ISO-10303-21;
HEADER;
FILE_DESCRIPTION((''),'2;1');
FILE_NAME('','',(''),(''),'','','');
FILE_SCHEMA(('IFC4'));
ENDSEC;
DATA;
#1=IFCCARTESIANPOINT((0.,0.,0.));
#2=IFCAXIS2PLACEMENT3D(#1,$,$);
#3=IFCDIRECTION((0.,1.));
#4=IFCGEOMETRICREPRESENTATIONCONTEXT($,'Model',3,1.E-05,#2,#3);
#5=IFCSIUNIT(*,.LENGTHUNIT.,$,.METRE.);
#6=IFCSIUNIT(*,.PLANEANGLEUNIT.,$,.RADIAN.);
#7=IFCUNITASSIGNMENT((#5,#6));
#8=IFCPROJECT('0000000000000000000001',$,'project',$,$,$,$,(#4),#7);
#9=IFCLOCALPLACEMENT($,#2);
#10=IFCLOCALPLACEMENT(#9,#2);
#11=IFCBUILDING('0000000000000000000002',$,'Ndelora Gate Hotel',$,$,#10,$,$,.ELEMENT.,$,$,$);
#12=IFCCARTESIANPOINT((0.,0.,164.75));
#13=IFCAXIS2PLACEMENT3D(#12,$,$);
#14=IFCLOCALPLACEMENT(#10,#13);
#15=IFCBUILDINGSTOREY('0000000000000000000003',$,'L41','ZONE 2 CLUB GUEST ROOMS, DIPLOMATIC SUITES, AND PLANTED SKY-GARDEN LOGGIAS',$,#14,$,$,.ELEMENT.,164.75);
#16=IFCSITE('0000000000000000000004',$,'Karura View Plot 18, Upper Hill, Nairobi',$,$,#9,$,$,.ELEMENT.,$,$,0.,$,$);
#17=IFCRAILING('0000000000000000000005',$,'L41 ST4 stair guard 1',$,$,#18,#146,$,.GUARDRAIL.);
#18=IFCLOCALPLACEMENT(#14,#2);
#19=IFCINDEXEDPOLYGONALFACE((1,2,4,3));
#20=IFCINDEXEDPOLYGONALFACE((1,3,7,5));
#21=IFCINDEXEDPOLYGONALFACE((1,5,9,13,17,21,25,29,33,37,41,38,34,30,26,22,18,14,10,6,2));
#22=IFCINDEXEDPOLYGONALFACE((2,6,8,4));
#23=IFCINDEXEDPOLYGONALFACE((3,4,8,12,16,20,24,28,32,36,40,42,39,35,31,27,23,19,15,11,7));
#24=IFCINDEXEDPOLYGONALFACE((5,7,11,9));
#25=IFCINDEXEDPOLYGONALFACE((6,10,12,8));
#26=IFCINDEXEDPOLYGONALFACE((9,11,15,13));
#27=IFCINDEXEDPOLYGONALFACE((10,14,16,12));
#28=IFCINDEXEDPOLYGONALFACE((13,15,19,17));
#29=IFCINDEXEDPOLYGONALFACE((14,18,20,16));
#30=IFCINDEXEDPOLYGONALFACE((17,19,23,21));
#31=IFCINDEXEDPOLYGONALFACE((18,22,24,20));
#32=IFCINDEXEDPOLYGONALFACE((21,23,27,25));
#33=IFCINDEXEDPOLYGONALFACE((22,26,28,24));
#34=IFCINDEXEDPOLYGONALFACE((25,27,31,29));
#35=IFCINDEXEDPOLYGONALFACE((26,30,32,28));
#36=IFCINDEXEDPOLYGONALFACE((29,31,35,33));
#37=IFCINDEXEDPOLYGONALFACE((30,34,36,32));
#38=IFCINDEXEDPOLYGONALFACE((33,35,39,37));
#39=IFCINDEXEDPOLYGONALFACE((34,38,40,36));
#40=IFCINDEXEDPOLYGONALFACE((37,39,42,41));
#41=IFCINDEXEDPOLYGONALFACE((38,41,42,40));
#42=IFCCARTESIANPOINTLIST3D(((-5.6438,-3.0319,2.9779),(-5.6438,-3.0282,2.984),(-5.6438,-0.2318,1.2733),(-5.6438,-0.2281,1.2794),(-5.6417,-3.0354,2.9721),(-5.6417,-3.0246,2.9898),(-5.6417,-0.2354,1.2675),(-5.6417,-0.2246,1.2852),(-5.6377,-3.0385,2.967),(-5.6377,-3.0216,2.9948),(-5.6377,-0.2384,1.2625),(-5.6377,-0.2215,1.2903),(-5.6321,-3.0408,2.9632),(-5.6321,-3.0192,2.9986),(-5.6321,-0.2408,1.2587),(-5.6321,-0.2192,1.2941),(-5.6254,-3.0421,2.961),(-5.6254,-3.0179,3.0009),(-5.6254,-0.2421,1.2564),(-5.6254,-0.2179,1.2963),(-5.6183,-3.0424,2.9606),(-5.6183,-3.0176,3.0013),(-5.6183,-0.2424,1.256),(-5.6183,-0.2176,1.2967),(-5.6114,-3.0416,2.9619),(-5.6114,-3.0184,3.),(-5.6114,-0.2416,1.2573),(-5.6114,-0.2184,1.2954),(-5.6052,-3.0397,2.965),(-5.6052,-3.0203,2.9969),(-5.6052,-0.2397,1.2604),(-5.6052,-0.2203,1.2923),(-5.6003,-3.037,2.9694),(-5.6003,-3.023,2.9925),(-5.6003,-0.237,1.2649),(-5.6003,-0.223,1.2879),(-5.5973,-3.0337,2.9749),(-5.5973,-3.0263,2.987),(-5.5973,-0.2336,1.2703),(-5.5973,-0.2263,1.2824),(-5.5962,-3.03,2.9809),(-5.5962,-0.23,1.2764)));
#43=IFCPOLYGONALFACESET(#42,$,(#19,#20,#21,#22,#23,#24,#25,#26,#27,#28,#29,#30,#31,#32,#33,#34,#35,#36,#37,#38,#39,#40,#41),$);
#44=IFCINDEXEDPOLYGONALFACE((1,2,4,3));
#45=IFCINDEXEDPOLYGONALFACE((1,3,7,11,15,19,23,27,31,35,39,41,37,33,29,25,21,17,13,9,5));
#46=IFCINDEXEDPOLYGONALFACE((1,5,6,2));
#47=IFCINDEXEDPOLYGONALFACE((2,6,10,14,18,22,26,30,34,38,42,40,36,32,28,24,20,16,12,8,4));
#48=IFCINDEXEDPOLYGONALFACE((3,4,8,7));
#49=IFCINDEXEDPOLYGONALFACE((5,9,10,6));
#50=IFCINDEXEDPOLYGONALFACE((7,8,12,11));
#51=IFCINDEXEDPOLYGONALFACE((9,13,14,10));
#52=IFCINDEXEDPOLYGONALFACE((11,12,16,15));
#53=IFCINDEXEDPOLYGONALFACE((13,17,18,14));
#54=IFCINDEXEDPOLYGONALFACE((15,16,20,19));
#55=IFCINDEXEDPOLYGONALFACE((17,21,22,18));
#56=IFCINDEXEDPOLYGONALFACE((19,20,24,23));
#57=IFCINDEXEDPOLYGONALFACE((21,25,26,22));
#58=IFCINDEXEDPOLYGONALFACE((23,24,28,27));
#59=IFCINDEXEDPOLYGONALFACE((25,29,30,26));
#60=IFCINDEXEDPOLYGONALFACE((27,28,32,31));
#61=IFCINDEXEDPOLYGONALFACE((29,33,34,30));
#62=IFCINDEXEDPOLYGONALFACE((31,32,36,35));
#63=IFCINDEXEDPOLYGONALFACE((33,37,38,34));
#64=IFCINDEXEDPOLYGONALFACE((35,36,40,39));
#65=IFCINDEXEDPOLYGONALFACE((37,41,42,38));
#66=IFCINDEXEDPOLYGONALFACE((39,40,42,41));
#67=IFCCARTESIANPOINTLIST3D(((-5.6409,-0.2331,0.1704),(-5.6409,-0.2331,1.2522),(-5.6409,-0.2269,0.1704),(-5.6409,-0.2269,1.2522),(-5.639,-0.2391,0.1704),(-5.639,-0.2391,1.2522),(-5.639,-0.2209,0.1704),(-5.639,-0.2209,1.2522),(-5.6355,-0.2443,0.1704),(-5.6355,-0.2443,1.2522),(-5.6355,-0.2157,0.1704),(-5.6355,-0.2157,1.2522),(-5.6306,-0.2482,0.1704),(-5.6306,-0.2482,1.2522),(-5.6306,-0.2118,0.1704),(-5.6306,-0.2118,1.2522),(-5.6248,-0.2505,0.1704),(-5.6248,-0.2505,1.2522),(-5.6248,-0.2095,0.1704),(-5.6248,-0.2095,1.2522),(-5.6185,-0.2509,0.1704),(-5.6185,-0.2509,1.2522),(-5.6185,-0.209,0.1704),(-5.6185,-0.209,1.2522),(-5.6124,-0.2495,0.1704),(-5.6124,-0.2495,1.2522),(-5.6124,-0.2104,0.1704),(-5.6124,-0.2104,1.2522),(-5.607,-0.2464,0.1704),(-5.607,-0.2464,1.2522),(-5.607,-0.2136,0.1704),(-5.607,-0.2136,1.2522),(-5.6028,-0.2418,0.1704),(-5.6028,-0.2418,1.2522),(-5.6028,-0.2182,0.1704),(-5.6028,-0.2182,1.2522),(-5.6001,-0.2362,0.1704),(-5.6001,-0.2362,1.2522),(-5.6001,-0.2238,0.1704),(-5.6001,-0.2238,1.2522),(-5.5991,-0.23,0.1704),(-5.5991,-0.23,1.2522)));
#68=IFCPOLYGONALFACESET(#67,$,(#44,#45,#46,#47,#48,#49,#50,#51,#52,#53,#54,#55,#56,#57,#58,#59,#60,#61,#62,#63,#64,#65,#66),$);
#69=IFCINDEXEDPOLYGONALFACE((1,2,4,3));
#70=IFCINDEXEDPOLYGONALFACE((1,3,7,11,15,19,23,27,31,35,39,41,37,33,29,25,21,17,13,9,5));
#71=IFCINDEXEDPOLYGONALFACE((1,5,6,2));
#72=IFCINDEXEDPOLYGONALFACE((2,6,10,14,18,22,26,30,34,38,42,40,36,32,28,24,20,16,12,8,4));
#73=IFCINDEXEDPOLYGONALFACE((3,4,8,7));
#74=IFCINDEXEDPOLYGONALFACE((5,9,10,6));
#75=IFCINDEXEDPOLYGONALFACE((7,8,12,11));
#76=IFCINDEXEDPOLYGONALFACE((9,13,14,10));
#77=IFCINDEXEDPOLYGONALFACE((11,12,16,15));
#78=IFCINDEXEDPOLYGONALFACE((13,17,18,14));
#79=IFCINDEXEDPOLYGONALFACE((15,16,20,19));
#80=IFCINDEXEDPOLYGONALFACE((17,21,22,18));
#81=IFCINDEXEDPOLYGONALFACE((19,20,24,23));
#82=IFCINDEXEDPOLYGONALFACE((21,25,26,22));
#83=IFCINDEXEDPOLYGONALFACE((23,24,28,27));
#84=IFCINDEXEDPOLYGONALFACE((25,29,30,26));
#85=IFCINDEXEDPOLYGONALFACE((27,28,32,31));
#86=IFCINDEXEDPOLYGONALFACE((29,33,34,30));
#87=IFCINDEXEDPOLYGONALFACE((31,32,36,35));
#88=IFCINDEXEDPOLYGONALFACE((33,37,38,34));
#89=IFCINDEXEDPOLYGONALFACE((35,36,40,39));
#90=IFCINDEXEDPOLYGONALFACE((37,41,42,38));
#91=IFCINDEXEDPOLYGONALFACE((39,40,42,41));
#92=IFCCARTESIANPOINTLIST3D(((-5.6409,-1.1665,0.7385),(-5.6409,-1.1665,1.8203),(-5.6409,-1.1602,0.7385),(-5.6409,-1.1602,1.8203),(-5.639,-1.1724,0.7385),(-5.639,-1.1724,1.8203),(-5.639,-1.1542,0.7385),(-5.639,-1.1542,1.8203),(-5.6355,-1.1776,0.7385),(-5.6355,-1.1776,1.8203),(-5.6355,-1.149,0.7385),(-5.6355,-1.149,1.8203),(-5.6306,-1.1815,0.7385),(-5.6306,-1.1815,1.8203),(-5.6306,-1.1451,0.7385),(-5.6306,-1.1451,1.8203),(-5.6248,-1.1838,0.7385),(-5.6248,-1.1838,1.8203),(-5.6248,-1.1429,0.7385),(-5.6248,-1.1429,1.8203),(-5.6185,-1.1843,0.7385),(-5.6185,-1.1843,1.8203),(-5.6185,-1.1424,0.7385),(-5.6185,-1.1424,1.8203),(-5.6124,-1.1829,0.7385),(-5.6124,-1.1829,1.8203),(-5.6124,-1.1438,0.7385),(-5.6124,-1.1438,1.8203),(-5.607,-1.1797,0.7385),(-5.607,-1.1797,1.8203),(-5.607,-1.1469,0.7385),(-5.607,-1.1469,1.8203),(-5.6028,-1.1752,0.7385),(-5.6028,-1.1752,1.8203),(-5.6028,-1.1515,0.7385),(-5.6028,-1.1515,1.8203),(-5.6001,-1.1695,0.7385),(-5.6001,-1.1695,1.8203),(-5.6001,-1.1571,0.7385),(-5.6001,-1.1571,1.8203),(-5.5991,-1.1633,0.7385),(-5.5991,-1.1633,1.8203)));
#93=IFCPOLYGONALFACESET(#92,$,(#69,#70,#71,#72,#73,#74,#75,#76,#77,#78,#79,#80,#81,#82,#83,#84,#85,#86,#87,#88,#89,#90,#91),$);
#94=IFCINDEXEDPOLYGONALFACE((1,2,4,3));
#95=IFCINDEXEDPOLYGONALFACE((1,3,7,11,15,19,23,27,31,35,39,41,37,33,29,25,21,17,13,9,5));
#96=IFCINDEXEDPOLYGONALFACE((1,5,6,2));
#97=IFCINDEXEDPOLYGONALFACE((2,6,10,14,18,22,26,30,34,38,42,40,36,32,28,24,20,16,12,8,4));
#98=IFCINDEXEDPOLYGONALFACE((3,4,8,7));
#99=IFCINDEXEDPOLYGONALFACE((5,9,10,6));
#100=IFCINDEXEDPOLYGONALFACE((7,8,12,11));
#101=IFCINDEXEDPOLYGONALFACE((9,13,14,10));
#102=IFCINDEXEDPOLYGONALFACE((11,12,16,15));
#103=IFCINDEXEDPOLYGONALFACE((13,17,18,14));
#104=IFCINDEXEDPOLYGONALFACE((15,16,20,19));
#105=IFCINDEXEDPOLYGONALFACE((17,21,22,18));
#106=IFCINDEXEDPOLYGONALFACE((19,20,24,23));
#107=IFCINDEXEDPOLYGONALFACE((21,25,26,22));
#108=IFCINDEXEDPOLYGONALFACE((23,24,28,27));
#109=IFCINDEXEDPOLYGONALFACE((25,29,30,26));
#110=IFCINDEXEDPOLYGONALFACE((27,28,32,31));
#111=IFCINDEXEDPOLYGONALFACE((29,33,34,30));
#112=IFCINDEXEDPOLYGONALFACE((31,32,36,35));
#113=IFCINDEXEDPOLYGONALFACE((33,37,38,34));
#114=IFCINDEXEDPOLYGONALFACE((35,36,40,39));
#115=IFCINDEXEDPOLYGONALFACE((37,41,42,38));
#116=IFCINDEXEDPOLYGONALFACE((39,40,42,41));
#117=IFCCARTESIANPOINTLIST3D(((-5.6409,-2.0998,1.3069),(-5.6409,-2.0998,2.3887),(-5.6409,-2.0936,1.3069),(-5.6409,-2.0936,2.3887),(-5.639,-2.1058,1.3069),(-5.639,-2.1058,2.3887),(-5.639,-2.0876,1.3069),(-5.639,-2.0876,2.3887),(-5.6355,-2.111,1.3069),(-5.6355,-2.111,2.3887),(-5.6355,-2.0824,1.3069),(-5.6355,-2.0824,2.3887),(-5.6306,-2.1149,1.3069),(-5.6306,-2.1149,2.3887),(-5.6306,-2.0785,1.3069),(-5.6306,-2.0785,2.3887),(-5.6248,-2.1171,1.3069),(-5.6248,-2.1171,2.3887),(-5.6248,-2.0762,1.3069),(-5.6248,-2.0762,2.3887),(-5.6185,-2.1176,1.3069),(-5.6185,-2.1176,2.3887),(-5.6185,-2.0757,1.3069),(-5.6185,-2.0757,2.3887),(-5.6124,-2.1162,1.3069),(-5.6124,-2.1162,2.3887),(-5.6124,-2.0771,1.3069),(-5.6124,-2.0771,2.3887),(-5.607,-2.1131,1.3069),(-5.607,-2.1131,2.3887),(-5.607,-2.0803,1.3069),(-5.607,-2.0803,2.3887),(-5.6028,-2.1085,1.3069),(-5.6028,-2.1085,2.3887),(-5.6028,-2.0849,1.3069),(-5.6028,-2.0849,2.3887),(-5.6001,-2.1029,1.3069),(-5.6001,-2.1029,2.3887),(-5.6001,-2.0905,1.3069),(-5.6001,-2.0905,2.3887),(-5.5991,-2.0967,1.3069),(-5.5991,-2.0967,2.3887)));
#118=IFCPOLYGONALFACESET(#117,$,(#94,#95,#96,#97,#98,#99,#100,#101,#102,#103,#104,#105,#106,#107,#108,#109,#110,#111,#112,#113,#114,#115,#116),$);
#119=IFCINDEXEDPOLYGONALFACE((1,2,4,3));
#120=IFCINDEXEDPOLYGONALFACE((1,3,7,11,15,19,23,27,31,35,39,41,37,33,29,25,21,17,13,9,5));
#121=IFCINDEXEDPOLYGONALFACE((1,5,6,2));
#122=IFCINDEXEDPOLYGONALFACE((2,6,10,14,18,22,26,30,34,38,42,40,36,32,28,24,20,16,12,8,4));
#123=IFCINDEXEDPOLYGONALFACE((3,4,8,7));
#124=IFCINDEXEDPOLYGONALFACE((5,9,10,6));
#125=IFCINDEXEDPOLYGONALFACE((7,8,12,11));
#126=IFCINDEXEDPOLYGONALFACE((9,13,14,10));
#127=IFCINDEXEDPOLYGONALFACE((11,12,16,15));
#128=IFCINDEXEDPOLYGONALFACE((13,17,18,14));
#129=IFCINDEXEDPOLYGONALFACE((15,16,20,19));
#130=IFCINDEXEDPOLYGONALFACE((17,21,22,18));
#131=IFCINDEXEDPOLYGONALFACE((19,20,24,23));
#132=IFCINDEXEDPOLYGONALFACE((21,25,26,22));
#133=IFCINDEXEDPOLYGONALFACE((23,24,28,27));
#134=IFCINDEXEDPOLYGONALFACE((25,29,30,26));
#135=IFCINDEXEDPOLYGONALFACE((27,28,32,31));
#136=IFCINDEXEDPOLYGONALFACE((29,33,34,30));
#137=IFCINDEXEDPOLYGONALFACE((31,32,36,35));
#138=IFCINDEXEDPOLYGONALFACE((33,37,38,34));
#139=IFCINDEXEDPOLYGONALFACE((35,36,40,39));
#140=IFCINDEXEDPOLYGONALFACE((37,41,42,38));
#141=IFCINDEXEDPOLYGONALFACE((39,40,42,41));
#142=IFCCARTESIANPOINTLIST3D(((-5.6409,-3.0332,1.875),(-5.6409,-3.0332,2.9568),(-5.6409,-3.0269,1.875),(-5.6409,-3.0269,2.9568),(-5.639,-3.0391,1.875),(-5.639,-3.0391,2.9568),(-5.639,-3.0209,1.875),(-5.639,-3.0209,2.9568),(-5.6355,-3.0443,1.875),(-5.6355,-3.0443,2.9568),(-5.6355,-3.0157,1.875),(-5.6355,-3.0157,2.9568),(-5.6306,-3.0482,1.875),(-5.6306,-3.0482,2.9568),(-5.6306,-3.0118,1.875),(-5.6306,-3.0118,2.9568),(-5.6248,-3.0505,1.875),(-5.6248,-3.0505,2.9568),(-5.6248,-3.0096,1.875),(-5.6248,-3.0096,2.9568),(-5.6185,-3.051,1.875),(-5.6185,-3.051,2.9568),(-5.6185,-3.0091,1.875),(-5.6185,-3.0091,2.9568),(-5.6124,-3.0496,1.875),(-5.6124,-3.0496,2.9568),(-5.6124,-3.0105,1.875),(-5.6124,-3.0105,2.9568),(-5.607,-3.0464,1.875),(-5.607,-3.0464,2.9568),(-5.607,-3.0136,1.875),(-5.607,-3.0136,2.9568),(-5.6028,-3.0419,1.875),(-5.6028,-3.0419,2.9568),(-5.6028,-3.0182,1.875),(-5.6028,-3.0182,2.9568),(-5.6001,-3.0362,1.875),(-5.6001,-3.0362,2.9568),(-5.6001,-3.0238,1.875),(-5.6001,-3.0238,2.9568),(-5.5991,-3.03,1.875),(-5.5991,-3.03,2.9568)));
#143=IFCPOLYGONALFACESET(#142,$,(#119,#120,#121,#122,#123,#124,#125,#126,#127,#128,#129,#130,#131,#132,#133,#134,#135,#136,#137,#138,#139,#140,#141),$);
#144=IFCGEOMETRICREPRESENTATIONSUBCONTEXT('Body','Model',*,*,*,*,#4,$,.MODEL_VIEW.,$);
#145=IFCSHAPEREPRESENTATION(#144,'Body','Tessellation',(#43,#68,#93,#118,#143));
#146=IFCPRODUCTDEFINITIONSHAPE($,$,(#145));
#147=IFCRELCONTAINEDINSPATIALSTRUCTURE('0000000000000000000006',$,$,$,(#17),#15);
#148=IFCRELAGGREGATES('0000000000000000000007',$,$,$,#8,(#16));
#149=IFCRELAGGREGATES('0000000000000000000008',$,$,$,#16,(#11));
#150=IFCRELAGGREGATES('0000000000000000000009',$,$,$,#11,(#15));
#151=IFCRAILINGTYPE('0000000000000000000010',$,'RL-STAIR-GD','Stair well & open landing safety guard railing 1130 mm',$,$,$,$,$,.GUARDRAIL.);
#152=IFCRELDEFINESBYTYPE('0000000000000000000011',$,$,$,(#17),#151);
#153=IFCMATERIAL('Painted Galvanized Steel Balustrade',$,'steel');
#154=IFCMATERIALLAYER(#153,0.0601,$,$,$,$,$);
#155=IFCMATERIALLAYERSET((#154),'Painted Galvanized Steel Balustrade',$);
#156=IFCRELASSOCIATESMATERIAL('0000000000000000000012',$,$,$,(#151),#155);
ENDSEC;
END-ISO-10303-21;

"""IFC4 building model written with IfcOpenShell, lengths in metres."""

from ifc_helpers import new_model, si_unit, direction, frame, origin, origin_2d, place, context, subcontext, project, spatial, circle, extrude, material, layer, layer_set, type_object, element, save


model = new_model("IFC4")

# Units and contexts
model_context = context("Model", 3, precision=1e-05, world=origin(), true_north=direction((0.0, 1.0)))
body_context = subcontext(model_context, "Body", "Model", "MODEL_VIEW")
ifc_project = project(units=[si_unit("LENGTHUNIT", "METRE"), si_unit("PLANEANGLEUNIT", "RADIAN")], contexts=[model_context])

# Site, building, storey
site_placement = place(None, origin())
site = spatial("IfcSite", under=ifc_project, at=site_placement, Name="Karura View Plot 18, Upper Hill, Nairobi", CompositionType="ELEMENT", RefElevation=0.0)
building_placement = place(site_placement, origin())
building = spatial("IfcBuilding", under=site, at=building_placement, Name="Ndelora Gate Hotel", CompositionType="ELEMENT")
storey_placement = place(building_placement, frame((0.0, 0.0, 164.75)))
storey = spatial("IfcBuildingStorey", under=building, at=storey_placement, Name="L41", Description="ZONE 2 CLUB GUEST ROOMS, DIPLOMATIC SUITES, AND PLANTED SKY-GARDEN LOGGIAS", CompositionType="ELEMENT", Elevation=164.75)

# Railing
ifc_material_1 = material(Name="Painted Galvanized Steel Balustrade", Category="steel")
ifc_layer_1 = layer(ifc_material_1, 0.0601)
ifc_layer_set_1 = layer_set([ifc_layer_1], Name="Painted Galvanized Steel Balustrade")
railing_type_1 = type_object("IfcRailingType", Name="RL-STAIR-GD", Description="Stair well & open landing safety guard railing 1130 mm", PredefinedType="GUARDRAIL", material=ifc_layer_set_1)
railing_1_placement = place(storey_placement, frame((-5.6201, -0.23, 0.1704)))
element("IfcRailing", 1, at=railing_1_placement, inside=storey, type_object=railing_type_1, Name="L41 ST4 stair guard 1", PredefinedType="GUARDRAIL", context=body_context, shape_type="SweptSolid", body=[
    extrude(circle(Radius=0.0239, at=origin_2d()), frame((0.0, 0.0, 1.106), z_axis=(0.0, -0.85417, 0.519994), x_axis=(1.0, 0.0, 0.0)), (0.0, 0.0, 1.0), 3.2781),
    extrude(circle(Radius=0.021, at=origin_2d()), origin(), (0.0, 0.0, 1.0), 1.0818),
    extrude(circle(Radius=0.021, at=origin_2d()), frame((0.0, -0.9333, 0.5681)), (0.0, 0.0, 1.0), 1.0818),
    extrude(circle(Radius=0.021, at=origin_2d()), frame((0.0, -1.8667, 1.1365)), (0.0, 0.0, 1.0), 1.0818),
    extrude(circle(Radius=0.021, at=origin_2d()), frame((0.0, -2.8, 1.7046)), (0.0, 0.0, 1.0), 1.0818),
])

save(model, "model.ifc")
